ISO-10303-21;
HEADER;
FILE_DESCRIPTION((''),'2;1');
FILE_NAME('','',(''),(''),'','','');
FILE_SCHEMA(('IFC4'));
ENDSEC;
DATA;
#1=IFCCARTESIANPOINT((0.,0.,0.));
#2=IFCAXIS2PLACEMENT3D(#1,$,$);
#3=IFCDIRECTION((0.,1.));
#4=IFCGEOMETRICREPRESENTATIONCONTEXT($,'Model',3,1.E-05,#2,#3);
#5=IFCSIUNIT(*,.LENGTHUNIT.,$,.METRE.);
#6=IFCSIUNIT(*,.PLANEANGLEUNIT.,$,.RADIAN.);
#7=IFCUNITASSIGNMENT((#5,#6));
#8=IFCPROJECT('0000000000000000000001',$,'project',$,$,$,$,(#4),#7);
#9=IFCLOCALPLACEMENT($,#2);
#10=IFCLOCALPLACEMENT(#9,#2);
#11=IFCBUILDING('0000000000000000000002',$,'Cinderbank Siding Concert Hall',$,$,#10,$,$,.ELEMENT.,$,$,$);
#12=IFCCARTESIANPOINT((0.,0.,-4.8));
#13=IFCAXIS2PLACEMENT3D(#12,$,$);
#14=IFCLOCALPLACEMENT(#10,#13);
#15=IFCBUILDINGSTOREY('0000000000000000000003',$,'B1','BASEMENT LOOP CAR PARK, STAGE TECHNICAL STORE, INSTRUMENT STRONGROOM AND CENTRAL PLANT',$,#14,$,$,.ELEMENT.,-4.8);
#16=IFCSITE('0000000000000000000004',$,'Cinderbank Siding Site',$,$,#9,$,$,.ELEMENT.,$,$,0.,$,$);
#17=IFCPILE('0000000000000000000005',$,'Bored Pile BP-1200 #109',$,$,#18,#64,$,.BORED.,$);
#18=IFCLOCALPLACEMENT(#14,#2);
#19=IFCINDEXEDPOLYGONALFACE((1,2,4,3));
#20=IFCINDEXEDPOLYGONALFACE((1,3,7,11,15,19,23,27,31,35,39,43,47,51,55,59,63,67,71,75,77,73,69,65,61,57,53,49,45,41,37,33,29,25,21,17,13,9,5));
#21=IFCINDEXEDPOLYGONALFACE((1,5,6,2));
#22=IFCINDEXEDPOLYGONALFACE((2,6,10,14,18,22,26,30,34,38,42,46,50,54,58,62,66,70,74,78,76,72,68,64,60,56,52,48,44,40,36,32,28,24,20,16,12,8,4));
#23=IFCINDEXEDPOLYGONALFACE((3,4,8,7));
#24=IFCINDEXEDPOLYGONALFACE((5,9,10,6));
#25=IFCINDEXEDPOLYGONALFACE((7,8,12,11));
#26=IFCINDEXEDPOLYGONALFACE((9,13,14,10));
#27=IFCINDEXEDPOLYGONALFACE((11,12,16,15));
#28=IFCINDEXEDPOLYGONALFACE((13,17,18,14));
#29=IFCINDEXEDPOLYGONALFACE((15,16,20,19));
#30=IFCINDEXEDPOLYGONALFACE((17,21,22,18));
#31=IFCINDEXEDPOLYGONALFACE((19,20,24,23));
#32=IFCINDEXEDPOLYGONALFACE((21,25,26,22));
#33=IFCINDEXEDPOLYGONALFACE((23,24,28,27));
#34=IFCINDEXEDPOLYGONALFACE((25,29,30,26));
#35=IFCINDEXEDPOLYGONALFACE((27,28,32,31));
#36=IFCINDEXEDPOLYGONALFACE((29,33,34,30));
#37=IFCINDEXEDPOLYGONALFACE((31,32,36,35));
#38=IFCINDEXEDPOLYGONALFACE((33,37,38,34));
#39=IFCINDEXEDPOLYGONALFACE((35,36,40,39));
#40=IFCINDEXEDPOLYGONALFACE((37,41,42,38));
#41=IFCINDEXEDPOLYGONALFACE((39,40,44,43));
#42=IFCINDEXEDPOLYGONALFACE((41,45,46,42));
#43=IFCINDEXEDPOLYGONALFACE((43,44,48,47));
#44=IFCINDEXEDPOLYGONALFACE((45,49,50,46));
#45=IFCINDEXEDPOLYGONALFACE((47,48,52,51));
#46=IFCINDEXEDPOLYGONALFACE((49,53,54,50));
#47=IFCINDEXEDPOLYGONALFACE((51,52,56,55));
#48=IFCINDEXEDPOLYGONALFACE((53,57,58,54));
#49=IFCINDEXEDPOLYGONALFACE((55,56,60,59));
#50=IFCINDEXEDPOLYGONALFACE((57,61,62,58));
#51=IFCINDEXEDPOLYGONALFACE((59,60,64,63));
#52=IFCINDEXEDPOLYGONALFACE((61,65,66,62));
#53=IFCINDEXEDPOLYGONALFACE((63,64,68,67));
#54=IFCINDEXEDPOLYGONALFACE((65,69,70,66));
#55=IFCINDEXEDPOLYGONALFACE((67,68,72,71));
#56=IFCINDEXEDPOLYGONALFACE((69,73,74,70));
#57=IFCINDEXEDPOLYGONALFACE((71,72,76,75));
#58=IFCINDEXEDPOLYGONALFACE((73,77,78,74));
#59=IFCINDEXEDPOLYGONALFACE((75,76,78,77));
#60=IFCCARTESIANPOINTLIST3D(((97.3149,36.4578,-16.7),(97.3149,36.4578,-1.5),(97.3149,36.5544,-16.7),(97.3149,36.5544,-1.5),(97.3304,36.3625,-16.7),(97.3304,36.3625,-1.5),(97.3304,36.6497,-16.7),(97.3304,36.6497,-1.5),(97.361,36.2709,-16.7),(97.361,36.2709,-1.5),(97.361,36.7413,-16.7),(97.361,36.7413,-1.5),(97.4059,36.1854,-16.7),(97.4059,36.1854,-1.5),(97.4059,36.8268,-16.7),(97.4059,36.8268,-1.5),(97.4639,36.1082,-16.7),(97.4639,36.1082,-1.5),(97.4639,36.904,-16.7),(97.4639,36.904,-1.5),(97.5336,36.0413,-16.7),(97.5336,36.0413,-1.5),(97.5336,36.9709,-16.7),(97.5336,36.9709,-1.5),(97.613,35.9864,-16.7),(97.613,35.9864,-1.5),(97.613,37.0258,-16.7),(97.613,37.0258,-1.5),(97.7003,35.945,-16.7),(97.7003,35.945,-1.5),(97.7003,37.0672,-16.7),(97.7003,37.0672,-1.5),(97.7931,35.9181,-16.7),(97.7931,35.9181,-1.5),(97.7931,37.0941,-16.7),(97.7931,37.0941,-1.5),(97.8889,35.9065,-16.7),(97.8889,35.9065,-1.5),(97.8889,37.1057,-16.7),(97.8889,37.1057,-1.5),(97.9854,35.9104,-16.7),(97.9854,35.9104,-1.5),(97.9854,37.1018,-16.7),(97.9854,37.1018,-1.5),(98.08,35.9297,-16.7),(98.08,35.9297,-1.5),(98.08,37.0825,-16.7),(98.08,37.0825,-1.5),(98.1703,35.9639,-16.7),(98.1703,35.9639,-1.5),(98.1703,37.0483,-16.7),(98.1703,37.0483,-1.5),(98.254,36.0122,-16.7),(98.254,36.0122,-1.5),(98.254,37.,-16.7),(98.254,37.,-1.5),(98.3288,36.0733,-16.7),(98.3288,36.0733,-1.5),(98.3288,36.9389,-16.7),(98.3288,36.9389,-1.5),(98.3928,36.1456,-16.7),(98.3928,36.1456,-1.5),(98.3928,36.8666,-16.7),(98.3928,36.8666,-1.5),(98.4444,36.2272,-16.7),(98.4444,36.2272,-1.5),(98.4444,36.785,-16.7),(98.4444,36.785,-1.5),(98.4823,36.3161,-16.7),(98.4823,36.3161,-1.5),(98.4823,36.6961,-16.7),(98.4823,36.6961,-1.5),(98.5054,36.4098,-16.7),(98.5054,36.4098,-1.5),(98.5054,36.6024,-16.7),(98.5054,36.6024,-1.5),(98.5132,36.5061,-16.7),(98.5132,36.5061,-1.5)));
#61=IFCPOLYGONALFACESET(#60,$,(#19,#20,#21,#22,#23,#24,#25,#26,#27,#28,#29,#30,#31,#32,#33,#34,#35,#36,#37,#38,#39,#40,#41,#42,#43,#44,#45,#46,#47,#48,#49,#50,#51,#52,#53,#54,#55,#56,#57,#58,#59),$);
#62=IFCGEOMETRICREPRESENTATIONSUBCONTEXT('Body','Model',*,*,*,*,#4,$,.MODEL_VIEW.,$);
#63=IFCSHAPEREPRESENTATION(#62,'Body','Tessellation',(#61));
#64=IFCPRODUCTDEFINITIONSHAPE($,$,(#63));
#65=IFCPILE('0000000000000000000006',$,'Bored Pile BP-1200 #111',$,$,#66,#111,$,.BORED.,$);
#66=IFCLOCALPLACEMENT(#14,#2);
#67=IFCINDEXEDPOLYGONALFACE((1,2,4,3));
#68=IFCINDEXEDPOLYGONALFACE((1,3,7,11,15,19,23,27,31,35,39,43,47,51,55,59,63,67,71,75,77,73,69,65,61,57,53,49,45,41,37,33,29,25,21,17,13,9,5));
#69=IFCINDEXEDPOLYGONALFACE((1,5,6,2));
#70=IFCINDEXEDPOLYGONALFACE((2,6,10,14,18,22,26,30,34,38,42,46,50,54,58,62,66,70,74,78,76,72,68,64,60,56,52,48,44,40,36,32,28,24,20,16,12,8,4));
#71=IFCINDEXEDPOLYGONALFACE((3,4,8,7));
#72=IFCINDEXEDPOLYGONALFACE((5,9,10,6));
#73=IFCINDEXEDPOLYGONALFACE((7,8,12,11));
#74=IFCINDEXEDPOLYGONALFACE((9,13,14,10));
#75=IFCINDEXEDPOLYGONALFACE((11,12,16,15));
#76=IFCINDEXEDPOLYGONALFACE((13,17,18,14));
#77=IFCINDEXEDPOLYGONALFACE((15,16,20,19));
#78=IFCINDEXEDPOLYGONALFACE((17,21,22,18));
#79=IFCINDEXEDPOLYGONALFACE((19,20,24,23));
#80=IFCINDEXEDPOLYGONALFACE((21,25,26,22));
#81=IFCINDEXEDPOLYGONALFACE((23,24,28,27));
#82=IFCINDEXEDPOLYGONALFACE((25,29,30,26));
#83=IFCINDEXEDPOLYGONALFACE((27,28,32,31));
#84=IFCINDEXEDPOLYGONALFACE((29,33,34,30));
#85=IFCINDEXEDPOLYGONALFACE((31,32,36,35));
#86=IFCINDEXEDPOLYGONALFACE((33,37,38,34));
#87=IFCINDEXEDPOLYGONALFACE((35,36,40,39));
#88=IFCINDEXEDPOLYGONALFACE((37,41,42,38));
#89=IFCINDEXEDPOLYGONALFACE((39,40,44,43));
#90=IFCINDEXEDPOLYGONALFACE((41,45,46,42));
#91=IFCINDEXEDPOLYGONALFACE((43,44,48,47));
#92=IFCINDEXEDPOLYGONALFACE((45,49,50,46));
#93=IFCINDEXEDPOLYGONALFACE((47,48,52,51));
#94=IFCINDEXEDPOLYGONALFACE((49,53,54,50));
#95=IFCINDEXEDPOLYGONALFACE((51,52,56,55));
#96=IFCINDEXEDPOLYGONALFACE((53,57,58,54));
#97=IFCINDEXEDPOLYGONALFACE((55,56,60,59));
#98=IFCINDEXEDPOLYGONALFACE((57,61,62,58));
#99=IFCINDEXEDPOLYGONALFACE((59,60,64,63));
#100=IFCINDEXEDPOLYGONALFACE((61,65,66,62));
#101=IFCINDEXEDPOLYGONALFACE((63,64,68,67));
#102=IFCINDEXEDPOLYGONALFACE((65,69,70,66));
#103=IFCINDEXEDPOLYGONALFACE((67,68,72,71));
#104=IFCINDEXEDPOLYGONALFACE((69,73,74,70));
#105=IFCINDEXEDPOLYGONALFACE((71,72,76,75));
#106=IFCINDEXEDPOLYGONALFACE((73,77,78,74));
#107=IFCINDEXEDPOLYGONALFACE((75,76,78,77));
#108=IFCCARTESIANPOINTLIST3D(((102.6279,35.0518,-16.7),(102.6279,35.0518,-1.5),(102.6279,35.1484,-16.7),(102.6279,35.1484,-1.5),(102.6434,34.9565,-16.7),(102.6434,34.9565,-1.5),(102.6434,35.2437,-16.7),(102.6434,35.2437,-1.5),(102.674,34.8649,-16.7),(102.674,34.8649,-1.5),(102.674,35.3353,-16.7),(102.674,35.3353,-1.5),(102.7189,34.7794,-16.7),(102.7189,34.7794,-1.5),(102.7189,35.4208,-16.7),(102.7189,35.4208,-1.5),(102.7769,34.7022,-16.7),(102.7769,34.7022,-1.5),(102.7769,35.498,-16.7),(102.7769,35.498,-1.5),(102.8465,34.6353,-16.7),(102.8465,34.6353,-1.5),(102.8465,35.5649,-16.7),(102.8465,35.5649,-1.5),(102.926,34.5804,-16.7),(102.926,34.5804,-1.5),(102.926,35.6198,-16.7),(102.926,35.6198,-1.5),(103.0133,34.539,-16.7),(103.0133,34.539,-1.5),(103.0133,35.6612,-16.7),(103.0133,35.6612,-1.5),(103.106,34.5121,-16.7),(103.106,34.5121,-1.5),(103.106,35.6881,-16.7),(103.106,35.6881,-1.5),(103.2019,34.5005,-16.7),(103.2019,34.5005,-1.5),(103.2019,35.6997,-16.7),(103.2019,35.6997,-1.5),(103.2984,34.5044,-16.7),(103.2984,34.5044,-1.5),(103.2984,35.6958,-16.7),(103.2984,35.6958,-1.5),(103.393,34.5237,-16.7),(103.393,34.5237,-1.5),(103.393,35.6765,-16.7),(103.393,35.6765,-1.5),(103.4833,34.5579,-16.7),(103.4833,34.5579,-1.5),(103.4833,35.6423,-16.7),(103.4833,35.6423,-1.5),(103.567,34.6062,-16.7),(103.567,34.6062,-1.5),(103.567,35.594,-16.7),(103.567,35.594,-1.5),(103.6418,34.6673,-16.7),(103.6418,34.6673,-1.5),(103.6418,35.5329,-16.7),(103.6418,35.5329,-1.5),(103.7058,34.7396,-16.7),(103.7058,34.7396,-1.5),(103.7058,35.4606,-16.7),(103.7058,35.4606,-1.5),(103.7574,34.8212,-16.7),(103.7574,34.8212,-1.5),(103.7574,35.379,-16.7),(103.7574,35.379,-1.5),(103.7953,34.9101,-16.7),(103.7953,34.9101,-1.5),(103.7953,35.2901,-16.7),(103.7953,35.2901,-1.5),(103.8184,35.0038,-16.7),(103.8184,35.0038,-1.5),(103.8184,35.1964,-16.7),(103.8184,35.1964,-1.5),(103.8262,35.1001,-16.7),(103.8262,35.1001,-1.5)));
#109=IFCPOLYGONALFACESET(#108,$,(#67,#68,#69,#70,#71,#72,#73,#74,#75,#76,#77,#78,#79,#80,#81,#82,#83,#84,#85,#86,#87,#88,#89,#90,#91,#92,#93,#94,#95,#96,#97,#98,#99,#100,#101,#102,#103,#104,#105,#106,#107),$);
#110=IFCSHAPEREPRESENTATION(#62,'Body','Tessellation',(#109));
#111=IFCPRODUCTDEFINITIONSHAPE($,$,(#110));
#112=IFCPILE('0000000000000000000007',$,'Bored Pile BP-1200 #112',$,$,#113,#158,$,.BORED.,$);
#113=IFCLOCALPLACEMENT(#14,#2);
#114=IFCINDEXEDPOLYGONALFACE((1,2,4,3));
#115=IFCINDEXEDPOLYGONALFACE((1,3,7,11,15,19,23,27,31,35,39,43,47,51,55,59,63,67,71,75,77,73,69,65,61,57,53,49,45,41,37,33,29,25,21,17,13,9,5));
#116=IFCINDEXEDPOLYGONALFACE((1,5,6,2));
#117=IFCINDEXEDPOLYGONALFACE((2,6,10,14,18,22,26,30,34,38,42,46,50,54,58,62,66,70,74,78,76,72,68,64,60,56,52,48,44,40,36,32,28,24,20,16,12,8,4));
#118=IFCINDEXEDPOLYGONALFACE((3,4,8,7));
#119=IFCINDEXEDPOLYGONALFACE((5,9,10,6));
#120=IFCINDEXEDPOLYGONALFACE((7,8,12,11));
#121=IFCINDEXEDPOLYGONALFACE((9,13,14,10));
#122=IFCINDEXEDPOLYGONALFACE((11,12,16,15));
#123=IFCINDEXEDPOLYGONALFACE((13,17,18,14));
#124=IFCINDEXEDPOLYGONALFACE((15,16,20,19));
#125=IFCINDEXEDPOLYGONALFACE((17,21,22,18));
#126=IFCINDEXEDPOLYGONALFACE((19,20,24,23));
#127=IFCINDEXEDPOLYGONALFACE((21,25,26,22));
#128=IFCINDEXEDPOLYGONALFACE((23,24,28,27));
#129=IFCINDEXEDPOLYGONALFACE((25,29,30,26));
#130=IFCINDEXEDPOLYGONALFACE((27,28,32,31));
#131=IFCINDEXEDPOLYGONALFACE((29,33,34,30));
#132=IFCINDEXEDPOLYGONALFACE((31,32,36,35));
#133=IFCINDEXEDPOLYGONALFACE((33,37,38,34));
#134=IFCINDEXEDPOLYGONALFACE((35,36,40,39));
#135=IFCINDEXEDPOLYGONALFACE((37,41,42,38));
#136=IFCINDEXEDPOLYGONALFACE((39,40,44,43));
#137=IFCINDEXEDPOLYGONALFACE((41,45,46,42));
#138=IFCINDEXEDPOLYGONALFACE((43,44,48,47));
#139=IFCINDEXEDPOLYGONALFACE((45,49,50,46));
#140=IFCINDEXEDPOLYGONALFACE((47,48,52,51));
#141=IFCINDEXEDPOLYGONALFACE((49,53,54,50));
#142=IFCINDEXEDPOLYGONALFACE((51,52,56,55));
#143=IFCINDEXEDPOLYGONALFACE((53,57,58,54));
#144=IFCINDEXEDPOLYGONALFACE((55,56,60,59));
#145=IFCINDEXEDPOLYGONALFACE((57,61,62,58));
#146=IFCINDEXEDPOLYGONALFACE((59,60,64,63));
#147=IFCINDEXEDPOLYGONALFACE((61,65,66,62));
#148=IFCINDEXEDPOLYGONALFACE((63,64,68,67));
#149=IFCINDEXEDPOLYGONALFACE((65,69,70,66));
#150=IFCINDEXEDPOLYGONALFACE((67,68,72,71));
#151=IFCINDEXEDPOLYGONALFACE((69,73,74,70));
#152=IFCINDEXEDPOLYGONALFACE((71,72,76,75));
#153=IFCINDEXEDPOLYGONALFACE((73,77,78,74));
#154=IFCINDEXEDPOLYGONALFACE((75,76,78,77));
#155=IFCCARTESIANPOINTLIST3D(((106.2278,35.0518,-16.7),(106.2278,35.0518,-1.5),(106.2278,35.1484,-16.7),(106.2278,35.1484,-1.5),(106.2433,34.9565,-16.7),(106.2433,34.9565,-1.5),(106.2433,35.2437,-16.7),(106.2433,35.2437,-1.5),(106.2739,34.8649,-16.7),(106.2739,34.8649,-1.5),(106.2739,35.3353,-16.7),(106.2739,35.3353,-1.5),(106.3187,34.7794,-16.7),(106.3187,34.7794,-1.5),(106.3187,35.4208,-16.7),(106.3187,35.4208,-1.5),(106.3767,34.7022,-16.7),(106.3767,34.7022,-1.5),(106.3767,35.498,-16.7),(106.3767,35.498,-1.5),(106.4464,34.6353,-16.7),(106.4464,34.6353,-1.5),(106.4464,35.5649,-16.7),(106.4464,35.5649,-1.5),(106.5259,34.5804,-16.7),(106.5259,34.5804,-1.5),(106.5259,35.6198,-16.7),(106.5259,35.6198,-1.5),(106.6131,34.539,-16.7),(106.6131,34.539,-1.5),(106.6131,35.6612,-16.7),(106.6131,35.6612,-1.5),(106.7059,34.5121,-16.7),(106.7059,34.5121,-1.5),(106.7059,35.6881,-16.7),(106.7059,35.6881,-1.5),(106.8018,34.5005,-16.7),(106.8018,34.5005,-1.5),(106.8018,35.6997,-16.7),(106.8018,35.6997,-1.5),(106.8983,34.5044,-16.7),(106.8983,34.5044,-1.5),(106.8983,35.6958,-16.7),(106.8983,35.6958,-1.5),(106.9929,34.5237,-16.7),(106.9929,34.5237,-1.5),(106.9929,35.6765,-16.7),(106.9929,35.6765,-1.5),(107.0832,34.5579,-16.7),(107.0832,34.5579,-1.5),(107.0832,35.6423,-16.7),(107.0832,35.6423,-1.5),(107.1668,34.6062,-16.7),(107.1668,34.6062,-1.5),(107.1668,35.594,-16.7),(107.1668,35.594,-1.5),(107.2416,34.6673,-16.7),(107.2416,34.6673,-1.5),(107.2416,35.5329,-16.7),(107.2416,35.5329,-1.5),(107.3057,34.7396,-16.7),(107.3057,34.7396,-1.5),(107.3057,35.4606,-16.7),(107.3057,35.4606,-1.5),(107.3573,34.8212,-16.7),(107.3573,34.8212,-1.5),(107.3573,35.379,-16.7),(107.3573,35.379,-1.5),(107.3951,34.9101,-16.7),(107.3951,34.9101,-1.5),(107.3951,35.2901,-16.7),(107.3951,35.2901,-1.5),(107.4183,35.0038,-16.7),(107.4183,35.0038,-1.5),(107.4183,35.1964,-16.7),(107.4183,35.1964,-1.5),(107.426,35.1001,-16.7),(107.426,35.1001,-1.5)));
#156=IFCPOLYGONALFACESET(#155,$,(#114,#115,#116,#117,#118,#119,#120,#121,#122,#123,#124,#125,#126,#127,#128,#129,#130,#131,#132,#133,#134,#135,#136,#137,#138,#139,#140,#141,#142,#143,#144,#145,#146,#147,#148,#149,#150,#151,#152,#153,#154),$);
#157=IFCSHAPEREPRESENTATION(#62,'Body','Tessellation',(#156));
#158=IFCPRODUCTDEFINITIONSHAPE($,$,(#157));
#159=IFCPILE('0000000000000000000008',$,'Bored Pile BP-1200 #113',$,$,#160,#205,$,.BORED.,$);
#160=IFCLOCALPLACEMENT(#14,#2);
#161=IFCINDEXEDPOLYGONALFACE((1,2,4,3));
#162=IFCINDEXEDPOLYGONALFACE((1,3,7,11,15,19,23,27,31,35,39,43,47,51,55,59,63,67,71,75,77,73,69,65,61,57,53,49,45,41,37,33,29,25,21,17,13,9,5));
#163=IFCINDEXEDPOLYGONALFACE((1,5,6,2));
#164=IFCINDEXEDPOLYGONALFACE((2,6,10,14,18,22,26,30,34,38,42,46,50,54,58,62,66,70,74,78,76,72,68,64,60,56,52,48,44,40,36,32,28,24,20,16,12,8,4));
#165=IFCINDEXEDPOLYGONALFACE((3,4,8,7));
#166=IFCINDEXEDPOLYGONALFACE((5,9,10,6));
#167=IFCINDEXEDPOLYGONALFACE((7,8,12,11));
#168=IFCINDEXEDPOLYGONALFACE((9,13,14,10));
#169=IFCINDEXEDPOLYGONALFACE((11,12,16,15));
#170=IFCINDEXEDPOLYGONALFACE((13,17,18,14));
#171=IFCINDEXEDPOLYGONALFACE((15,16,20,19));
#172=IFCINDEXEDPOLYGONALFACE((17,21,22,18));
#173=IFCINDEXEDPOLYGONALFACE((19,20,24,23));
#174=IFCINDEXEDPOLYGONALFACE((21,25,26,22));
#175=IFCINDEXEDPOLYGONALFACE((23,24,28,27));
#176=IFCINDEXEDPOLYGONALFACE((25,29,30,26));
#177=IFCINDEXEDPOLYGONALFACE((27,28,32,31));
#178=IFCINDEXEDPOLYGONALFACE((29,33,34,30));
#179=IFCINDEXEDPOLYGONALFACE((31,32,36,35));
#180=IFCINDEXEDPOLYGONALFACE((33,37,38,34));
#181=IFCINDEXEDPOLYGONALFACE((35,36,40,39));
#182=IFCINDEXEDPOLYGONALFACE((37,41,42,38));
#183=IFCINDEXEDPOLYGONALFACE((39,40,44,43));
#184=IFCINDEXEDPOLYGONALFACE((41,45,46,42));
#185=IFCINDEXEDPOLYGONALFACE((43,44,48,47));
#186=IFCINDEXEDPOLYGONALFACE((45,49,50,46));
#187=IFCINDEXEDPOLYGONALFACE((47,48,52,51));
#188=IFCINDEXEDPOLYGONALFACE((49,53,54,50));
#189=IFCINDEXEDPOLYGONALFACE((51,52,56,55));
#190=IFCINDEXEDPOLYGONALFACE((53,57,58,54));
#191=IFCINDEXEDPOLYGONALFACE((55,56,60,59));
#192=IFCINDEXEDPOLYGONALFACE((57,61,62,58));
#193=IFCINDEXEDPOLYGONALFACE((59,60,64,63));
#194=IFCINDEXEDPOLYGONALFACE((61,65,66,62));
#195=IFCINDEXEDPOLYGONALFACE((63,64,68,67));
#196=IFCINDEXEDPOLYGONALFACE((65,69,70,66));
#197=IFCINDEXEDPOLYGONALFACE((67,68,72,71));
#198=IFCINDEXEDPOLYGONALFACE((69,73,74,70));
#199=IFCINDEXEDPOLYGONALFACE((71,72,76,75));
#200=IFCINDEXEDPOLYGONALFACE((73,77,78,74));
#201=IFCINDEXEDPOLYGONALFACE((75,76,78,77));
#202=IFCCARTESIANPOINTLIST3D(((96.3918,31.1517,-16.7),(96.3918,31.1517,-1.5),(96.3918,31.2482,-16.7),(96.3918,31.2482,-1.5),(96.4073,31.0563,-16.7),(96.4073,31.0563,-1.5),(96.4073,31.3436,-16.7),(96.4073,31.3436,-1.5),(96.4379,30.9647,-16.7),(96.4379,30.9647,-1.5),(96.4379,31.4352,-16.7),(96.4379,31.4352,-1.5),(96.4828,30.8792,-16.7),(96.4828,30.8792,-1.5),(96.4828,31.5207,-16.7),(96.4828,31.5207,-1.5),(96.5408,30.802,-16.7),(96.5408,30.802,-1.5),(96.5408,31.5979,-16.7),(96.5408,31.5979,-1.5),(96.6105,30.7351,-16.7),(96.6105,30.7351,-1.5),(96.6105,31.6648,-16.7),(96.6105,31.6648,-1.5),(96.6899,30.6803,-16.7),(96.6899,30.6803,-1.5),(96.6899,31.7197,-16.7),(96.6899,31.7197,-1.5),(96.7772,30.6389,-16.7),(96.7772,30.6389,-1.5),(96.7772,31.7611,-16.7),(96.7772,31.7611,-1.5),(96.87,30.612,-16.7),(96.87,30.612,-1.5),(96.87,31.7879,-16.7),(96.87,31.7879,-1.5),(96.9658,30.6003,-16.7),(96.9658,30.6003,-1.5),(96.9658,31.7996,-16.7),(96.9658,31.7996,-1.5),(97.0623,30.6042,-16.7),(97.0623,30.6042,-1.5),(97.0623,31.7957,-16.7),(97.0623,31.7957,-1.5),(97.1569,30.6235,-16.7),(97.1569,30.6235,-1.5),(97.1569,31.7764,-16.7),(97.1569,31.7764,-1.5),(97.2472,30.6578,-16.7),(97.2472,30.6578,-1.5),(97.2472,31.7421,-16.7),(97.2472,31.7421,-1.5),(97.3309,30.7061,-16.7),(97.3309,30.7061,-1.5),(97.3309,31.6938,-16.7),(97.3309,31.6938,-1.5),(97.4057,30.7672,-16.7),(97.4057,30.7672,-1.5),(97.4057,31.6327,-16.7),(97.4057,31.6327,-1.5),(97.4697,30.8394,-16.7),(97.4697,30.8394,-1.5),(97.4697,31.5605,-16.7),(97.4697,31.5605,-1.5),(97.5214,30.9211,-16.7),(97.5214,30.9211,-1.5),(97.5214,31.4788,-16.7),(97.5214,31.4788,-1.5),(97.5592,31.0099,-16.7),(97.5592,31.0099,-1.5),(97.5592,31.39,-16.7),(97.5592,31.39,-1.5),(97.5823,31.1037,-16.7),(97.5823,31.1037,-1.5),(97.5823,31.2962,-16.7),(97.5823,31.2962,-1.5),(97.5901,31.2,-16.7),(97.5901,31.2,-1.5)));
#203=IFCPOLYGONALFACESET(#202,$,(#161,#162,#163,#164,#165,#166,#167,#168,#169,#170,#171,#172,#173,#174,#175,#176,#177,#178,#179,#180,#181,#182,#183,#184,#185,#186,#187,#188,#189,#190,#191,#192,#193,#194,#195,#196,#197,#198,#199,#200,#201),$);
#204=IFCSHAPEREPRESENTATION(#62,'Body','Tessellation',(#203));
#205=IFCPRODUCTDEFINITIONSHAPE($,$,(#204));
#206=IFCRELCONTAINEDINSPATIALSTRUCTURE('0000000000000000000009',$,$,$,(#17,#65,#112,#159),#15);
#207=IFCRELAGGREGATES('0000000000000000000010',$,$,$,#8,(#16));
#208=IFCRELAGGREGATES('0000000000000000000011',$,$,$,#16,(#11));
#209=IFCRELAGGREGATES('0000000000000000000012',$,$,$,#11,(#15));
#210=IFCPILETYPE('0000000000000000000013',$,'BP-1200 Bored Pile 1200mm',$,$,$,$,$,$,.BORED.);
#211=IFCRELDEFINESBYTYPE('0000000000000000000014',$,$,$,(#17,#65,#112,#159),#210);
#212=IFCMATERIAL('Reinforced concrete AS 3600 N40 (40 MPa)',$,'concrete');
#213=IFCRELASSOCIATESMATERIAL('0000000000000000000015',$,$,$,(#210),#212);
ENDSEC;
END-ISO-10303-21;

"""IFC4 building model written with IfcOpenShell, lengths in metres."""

from ifc_helpers import new_model, si_unit, direction, frame, origin, origin_2d, place, context, subcontext, project, spatial, circle, extrude, material, material_profile, profile_set, type_object, element, save


model = new_model("IFC4")

# Units and contexts
model_context = context("Model", 3, precision=1e-05, world=origin(), true_north=direction((0.0, 1.0)))
body_context = subcontext(model_context, "Body", "Model", "MODEL_VIEW")
ifc_project = project(units=[si_unit("LENGTHUNIT", "METRE"), si_unit("PLANEANGLEUNIT", "RADIAN")], contexts=[model_context])

# Site, building, storey
site_placement = place(None, origin())
site = spatial("IfcSite", under=ifc_project, at=site_placement, Name="Cinderbank Siding Site", CompositionType="ELEMENT", RefElevation=0.0)
building_placement = place(site_placement, origin())
building = spatial("IfcBuilding", under=site, at=building_placement, Name="Cinderbank Siding Concert Hall", CompositionType="ELEMENT")
storey_placement = place(building_placement, frame((0.0, 0.0, -4.8)))
storey = spatial("IfcBuildingStorey", under=building, at=storey_placement, Name="B1", Description="BASEMENT LOOP CAR PARK, STAGE TECHNICAL STORE, INSTRUMENT STRONGROOM AND CENTRAL PLANT", CompositionType="ELEMENT", Elevation=-4.8)

# Piles
ifc_material_1 = material(Name="Reinforced concrete AS 3600 N40 (40 MPa)", Category="concrete")
ifc_material_profile_1 = material_profile(ifc_material_1, circle(Radius=0.6001, at=origin_2d()), Name="PILE-1200DIA", Category="LoadBearing")
ifc_profile_set_1 = profile_set([ifc_material_profile_1], Name="Reinforced concrete AS 3600 N40 (40 MPa)")
pile_type = type_object("IfcPileType", Name="BP-1200 Bored Pile 1200mm", PredefinedType="BORED", material=ifc_profile_set_1)
for number, where, z_axis, x_axis, name in (
    (1, (97.9131, 36.5061, -1.5), (0.0, 0.0, -1.0), (1.0, 0.0, 0.0), "Bored Pile BP-1200 #109"),
    (2, (103.2261, 35.1001, -1.5), (0.0, 0.0, -1.0), (1.0, 0.0, 0.0), "Bored Pile BP-1200 #111"),
    (3, (106.8259, 35.1001, -1.5), (0.0, 0.0, -1.0), (1.0, 0.0, 0.0), "Bored Pile BP-1200 #112"),
    (4, (96.99, 31.2, -1.5), (0.0, 0.0, -1.0), (1.0, 0.0, 0.0), "Bored Pile BP-1200 #113"),
):
    element("IfcPile", number, at=place(storey_placement, frame(where, z_axis=z_axis, x_axis=x_axis)), inside=storey, type_object=pile_type, Name=name, PredefinedType="BORED", context=body_context, shape_type="SweptSolid", body=[
        extrude(circle(Radius=0.6001, at=origin_2d()), origin(), (0.0, 0.0, 1.0), 15.2),
    ])

save(model, "model.ifc")
